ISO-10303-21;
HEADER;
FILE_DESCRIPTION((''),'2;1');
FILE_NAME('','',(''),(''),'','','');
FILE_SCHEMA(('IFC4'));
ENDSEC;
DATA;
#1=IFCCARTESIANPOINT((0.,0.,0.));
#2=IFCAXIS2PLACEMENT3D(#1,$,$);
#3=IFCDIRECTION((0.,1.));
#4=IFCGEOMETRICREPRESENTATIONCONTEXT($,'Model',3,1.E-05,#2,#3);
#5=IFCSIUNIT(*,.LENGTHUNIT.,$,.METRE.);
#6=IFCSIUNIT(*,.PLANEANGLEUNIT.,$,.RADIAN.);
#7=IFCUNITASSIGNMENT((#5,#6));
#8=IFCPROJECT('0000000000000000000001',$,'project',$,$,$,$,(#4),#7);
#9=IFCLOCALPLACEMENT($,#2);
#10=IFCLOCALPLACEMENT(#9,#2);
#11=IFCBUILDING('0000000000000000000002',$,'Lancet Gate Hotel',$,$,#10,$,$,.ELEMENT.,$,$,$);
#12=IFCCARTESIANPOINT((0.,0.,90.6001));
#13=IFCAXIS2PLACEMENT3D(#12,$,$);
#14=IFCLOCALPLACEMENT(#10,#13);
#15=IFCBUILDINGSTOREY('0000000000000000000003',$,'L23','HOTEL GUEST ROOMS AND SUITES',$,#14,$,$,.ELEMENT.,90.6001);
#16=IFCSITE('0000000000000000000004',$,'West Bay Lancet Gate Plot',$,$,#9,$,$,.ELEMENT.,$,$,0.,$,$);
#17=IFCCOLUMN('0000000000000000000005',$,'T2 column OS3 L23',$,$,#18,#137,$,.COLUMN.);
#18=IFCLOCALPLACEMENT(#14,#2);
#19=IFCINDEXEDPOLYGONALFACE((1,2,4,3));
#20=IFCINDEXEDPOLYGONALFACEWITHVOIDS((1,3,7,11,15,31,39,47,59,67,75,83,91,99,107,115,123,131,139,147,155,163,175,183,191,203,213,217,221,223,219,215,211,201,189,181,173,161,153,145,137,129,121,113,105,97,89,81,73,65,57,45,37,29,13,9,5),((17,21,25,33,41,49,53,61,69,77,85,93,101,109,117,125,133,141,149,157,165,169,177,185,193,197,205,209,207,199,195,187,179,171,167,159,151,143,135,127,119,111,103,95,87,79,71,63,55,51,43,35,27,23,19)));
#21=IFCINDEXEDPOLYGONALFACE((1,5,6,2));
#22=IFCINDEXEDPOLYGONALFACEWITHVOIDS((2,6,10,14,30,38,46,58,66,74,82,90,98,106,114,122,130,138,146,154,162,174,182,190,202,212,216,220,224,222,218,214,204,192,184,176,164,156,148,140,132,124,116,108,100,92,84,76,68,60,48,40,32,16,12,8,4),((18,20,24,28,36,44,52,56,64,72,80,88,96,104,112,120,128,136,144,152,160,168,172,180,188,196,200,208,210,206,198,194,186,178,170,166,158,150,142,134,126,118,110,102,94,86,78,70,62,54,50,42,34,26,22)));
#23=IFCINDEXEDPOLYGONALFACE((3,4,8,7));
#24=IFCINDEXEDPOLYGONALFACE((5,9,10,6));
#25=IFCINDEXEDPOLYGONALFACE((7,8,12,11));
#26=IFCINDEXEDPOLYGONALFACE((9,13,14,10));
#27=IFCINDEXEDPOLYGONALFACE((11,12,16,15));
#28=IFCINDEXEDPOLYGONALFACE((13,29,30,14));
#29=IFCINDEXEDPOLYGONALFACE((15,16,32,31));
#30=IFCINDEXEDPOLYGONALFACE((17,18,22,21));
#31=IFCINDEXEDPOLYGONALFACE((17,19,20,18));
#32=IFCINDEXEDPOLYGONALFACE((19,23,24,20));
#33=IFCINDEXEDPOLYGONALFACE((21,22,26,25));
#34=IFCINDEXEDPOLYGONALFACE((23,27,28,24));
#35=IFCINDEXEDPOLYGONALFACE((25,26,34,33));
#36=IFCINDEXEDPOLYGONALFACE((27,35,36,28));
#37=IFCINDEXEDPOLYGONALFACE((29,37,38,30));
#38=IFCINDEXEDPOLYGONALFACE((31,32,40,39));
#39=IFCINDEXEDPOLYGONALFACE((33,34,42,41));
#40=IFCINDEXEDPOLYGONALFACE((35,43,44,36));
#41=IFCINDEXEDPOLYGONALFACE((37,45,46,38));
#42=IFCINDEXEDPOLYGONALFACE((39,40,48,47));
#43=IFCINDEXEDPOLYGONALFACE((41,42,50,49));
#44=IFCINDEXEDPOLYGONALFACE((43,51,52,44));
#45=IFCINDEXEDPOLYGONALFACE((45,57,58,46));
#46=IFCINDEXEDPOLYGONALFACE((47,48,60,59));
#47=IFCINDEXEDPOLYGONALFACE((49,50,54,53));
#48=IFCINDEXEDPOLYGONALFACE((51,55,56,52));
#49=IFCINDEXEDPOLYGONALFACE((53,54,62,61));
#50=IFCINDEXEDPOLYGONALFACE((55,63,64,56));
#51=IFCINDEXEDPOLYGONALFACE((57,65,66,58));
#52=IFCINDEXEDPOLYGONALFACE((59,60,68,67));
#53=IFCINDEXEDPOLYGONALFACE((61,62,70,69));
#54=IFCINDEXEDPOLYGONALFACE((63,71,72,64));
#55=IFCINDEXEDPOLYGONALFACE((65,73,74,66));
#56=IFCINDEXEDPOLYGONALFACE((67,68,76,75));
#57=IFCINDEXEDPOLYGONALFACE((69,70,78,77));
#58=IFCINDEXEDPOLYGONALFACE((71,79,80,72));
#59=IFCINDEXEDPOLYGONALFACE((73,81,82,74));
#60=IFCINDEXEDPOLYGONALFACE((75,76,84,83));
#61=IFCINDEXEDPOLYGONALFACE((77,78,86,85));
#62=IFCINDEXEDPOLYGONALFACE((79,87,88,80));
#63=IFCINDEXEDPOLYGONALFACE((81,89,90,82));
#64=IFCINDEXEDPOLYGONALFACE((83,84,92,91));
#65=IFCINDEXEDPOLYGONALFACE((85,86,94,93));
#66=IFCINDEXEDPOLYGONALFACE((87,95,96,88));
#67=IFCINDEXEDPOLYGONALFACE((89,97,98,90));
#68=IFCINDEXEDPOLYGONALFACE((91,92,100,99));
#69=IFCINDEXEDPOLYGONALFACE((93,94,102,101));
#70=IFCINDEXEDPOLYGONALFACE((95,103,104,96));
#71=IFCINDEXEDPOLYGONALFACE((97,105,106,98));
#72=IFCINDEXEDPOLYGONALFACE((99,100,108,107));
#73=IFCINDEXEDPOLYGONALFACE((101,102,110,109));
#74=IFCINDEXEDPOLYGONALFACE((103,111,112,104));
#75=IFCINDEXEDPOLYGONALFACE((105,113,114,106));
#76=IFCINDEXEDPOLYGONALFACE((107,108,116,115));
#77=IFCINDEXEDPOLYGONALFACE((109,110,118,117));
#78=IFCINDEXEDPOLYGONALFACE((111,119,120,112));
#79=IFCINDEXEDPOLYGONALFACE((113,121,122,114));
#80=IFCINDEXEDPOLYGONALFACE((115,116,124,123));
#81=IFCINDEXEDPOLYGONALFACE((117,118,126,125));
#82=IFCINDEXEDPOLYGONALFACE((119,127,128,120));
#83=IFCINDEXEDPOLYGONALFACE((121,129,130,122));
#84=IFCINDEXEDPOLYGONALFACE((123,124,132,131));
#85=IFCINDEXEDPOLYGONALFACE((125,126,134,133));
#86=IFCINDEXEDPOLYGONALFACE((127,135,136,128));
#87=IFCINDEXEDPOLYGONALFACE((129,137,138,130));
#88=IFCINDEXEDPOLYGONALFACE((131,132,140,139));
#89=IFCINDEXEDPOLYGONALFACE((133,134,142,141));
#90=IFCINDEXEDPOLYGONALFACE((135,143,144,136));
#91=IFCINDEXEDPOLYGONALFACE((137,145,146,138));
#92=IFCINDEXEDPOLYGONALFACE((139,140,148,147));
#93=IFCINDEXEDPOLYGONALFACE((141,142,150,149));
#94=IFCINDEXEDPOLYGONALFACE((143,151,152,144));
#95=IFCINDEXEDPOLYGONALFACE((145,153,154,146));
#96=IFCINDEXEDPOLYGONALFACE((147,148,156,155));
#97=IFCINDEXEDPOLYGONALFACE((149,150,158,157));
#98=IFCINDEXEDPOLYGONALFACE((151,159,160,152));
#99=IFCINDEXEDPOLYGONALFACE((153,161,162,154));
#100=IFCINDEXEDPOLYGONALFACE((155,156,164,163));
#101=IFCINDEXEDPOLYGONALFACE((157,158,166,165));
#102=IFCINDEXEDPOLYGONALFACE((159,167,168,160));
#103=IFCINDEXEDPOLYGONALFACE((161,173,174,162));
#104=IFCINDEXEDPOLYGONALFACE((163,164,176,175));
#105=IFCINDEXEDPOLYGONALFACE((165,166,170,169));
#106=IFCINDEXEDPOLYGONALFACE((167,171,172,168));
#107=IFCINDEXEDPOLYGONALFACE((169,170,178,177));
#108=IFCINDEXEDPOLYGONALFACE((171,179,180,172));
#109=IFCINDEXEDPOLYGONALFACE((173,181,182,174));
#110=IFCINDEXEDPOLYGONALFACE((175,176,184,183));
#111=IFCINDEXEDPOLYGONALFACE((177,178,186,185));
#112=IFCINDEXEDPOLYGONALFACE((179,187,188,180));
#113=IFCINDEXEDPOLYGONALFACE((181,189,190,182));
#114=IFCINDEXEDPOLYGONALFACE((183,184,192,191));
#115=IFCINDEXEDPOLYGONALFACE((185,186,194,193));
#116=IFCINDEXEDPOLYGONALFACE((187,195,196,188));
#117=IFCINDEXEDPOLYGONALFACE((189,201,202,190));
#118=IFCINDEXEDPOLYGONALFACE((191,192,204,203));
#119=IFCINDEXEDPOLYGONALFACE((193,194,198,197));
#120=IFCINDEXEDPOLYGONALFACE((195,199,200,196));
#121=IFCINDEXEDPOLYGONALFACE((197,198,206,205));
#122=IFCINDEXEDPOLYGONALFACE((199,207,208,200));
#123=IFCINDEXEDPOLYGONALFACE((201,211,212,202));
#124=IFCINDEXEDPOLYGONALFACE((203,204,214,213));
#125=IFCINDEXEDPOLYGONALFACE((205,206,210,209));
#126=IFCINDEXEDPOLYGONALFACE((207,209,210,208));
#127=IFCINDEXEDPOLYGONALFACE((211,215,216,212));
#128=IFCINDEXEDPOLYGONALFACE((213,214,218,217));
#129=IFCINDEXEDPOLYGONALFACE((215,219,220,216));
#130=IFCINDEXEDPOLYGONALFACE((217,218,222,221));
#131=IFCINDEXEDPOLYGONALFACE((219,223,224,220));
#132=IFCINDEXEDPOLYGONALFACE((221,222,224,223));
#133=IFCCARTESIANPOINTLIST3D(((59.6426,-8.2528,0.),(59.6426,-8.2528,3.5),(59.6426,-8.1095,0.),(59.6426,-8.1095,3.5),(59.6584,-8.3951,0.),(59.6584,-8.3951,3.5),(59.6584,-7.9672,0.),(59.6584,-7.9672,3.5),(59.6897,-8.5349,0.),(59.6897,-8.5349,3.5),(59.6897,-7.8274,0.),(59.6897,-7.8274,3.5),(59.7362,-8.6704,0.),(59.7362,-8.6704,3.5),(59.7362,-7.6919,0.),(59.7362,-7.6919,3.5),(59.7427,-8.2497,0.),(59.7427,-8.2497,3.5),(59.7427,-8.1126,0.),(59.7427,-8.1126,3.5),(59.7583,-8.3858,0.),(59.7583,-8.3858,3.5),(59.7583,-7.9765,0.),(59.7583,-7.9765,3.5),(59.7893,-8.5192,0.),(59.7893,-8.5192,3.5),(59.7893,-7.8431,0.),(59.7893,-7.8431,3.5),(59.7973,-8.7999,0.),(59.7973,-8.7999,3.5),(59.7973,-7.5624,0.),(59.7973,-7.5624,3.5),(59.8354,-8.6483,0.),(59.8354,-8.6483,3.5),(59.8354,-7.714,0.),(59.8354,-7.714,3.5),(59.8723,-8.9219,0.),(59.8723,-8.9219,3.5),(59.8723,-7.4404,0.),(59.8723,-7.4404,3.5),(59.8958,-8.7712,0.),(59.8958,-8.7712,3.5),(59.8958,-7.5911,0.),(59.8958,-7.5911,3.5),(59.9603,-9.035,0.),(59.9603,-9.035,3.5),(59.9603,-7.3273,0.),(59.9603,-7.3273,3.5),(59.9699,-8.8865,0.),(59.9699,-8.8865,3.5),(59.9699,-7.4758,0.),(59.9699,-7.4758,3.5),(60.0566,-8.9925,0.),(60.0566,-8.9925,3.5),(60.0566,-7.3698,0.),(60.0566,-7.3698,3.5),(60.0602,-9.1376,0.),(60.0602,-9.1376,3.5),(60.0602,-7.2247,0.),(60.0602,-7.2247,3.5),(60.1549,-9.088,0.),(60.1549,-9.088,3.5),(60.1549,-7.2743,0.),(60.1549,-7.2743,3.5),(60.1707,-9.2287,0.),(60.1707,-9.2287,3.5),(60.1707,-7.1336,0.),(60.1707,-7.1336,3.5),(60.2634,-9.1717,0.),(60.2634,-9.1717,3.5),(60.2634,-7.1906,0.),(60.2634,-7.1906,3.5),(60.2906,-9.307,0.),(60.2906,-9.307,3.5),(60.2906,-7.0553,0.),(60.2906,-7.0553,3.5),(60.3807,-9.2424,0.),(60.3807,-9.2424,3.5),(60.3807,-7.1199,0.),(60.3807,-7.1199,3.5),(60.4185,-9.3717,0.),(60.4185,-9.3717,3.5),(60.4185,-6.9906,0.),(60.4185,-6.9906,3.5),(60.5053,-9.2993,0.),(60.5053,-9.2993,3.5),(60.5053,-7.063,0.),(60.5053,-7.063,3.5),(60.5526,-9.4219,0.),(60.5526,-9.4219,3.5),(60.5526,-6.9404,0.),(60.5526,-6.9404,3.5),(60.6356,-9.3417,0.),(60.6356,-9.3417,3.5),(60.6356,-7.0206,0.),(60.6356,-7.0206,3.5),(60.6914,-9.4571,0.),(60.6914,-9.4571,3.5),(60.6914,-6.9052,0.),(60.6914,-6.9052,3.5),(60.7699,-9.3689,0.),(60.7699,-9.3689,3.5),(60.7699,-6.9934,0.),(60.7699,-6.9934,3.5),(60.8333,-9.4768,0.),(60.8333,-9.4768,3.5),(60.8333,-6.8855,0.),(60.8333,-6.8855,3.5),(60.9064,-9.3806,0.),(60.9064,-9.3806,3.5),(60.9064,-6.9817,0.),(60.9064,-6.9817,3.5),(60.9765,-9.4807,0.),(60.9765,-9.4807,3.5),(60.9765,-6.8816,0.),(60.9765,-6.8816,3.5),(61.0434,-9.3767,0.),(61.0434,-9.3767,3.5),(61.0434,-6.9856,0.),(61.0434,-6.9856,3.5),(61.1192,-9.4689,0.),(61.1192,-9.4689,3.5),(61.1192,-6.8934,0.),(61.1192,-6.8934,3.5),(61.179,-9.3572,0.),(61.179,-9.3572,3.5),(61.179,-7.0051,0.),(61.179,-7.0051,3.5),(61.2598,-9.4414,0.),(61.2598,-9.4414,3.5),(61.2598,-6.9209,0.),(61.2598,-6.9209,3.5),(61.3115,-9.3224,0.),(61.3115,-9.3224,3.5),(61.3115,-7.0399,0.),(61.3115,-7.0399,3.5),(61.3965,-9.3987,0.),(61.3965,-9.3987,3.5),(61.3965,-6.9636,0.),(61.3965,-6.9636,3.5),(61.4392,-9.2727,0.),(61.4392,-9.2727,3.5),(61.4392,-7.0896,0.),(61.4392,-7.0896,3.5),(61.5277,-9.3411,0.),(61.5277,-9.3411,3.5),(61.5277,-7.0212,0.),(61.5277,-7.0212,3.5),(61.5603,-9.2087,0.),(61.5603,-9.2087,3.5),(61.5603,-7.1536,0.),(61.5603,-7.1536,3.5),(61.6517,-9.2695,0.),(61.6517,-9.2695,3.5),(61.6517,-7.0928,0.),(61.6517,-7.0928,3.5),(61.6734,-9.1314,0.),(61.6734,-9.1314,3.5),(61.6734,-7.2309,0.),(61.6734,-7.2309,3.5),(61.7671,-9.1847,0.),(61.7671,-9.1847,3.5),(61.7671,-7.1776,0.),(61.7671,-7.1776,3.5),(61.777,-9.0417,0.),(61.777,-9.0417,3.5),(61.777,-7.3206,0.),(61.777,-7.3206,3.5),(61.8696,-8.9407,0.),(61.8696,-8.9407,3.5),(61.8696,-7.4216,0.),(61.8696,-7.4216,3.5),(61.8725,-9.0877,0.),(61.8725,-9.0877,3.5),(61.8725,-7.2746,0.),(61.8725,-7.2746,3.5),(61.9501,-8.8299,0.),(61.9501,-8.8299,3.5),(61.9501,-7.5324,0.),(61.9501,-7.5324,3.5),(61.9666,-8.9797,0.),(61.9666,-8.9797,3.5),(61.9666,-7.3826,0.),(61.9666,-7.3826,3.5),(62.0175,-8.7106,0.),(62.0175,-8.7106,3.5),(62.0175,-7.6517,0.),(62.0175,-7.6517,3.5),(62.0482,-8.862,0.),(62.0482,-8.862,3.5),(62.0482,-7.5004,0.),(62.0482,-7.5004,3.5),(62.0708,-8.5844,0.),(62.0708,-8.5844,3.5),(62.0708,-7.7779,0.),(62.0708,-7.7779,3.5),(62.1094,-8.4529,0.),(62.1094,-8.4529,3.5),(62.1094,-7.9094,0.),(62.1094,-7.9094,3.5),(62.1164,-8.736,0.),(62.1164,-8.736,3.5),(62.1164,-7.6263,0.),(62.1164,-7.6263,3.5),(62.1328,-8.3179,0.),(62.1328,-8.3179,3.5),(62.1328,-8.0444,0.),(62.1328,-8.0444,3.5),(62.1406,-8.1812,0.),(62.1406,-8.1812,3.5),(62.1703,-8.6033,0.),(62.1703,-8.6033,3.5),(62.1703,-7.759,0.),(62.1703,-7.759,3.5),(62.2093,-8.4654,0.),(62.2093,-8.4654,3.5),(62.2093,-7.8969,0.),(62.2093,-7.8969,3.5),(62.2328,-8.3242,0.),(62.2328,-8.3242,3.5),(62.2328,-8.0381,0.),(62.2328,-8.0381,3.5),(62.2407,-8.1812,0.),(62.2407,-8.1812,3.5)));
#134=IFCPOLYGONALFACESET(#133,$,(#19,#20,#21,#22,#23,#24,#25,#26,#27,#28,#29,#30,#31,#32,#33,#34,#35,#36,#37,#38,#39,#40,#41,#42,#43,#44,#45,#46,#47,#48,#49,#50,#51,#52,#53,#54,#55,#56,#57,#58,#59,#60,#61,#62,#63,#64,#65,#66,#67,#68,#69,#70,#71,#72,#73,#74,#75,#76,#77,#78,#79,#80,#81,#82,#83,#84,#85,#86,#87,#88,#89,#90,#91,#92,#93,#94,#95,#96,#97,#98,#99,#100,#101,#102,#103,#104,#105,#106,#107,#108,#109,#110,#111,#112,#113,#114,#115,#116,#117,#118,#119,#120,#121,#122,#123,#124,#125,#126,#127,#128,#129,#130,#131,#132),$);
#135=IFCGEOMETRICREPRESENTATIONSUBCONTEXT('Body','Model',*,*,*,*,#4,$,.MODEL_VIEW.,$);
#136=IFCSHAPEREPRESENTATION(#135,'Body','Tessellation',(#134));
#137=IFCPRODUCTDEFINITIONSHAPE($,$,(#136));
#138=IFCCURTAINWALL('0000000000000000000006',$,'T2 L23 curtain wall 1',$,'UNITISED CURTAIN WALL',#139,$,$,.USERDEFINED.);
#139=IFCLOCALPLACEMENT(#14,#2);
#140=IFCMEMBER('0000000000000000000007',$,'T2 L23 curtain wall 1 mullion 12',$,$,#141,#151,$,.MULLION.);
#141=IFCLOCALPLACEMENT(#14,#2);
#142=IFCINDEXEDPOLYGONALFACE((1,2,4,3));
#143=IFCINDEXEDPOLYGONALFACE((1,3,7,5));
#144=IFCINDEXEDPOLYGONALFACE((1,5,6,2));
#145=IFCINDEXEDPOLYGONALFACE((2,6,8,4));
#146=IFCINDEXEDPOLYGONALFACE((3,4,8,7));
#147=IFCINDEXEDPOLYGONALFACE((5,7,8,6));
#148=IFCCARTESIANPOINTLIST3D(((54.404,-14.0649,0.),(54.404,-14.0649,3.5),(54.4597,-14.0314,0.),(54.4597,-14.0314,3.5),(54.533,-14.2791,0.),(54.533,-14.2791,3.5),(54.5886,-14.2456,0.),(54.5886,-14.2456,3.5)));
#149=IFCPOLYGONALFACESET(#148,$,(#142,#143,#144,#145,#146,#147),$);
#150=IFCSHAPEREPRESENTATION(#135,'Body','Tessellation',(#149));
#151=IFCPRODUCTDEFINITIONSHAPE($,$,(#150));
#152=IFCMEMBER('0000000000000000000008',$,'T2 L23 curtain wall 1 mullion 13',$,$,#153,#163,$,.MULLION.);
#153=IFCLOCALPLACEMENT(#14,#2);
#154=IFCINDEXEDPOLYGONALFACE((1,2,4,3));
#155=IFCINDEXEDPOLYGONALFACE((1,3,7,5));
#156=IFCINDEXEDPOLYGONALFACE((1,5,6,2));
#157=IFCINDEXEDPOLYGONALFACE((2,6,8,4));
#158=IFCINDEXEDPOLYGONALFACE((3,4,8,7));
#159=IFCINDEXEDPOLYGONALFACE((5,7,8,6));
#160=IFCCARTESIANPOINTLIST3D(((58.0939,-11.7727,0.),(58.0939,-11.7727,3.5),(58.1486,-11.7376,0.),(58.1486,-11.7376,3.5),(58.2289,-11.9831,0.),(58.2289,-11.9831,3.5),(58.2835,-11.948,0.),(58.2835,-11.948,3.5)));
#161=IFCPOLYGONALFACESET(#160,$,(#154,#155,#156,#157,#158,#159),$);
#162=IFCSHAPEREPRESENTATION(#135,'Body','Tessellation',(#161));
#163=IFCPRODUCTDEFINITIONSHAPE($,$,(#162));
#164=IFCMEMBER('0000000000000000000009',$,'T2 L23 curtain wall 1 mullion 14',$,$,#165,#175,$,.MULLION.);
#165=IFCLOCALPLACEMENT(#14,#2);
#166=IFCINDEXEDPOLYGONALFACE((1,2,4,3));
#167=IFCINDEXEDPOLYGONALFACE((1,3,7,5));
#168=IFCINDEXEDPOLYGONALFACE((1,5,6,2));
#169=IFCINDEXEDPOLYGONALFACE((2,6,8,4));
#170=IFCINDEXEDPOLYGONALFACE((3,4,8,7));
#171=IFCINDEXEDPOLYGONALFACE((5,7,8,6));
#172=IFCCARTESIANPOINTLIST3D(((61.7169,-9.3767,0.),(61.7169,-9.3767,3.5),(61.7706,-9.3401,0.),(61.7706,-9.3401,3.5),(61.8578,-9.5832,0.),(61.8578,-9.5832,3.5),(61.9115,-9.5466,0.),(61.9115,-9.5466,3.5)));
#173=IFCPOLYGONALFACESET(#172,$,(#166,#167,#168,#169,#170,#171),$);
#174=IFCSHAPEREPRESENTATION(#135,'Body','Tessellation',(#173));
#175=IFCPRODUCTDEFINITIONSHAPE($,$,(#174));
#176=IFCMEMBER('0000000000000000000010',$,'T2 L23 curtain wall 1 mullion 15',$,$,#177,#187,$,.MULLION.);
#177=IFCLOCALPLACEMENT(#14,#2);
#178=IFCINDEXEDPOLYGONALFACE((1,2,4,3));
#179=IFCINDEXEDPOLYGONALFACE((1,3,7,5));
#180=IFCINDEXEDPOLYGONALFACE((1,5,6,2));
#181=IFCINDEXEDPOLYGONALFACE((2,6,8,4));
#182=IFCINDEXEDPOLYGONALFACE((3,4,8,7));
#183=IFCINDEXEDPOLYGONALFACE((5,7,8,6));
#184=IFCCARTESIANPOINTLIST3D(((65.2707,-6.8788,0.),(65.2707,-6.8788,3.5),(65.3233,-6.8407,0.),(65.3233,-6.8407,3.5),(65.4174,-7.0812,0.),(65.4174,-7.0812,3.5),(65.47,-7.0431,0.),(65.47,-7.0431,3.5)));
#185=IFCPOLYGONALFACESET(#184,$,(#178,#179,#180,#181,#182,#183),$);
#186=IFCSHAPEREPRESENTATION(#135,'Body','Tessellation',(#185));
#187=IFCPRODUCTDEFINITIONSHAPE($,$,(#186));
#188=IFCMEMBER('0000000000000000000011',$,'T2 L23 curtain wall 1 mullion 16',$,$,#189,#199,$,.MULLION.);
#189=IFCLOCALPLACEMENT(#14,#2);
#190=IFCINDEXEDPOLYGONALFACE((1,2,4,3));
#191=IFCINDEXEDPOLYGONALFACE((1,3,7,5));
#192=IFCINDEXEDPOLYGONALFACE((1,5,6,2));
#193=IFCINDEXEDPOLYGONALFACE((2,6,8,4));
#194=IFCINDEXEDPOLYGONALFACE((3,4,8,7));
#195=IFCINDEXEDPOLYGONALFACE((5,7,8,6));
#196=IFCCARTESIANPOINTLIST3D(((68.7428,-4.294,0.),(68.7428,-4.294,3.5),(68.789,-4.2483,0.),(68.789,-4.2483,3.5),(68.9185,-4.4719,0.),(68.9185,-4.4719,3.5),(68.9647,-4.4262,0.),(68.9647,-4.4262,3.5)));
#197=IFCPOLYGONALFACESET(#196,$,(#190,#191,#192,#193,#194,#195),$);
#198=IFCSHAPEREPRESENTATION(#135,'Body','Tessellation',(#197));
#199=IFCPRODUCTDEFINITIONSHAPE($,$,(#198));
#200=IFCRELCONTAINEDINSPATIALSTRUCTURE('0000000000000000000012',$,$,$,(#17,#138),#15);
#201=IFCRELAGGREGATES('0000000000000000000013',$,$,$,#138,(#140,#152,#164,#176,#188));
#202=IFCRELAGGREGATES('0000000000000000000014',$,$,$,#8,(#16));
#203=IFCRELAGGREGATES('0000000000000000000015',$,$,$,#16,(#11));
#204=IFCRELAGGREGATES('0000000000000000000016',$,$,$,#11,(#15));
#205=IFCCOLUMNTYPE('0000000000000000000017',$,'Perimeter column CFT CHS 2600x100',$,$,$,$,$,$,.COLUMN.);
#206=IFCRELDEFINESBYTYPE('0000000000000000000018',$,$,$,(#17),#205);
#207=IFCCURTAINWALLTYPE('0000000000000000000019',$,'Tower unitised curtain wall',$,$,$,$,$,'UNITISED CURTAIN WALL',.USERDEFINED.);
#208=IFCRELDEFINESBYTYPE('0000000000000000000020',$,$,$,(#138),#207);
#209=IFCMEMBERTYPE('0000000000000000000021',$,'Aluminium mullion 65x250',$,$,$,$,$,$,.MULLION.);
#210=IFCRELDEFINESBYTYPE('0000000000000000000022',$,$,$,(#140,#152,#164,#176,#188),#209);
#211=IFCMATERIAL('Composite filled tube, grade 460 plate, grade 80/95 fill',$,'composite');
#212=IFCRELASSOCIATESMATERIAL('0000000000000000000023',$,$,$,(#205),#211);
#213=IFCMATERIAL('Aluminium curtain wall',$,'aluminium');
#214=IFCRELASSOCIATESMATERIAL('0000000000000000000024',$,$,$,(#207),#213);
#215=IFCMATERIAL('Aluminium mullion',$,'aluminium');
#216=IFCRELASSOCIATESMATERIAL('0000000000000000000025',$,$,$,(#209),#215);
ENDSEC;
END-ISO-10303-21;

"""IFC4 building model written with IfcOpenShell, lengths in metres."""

from ifc_helpers import new_model, si_unit, direction, frame, origin, origin_2d, place, context, subcontext, project, spatial, rectangle, hollow_circle, extrude, material, material_profile, profile_set, type_object, element, aggregate, save


model = new_model("IFC4")

# Units and contexts
model_context = context("Model", 3, precision=1e-05, world=origin(), true_north=direction((0.0, 1.0)))
body_context = subcontext(model_context, "Body", "Model", "MODEL_VIEW")
ifc_project = project(units=[si_unit("LENGTHUNIT", "METRE"), si_unit("PLANEANGLEUNIT", "RADIAN")], contexts=[model_context])

# Site, building, storey
site_placement = place(None, origin())
site = spatial("IfcSite", under=ifc_project, at=site_placement, Name="West Bay Lancet Gate Plot", CompositionType="ELEMENT", RefElevation=0.0)
building_placement = place(site_placement, origin())
building = spatial("IfcBuilding", under=site, at=building_placement, Name="Lancet Gate Hotel", CompositionType="ELEMENT")
storey_placement = place(building_placement, frame((0.0, 0.0, 90.6001)))
storey = spatial("IfcBuildingStorey", under=building, at=storey_placement, Name="L23", Description="HOTEL GUEST ROOMS AND SUITES", CompositionType="ELEMENT", Elevation=90.6001)

# Column
ifc_material_1 = material(Name="Composite filled tube, grade 460 plate, grade 80/95 fill", Category="composite")
ifc_material_profile_1 = material_profile(ifc_material_1, hollow_circle(Radius=1.3, WallThickness=0.1001, at=origin_2d()), Name="CHS 2600x100")
ifc_profile_set_1 = profile_set([ifc_material_profile_1], Name="Composite filled tube, grade 460 plate, grade 80/95 fill")
column_type = type_object("IfcColumnType", Name="Perimeter column CFT CHS 2600x100", PredefinedType="COLUMN", material=ifc_profile_set_1)
column_placement = place(storey_placement, frame((60.9407, -8.1812, 0.0), z_axis=(0.0, 0.0, 1.0), x_axis=(1.0, 0.0, 0.0)))
element("IfcColumn", 1, at=column_placement, inside=storey, type_object=column_type, Name="T2 column OS3 L23", PredefinedType="COLUMN", context=body_context, shape_type="SweptSolid", body=[
    extrude(hollow_circle(Radius=1.3, WallThickness=0.1001, at=origin_2d()), origin(), (0.0, 0.0, 1.0), 3.5),
])

# Curtain wall, members
ifc_material_2 = material(Name="Aluminium curtain wall", Category="aluminium")
curtain_wall_type = type_object("IfcCurtainWallType", Name="Tower unitised curtain wall", ElementType="UNITISED CURTAIN WALL", PredefinedType="USERDEFINED", material=ifc_material_2)
curtain_wall_placement = place(storey_placement, origin())
curtain_wall = element("IfcCurtainWall", 2, at=curtain_wall_placement, inside=storey, type_object=curtain_wall_type, Name="T2 L23 curtain wall 1", ObjectType="UNITISED CURTAIN WALL", PredefinedType="USERDEFINED")
ifc_material_3 = material(Name="Aluminium mullion", Category="aluminium")
ifc_material_profile_2 = material_profile(ifc_material_3, rectangle(XDim=0.0649, YDim=0.25, at=origin_2d()), Name="MULLION 65x250")
ifc_profile_set_2 = profile_set([ifc_material_profile_2], Name="Aluminium mullion")
member_type_1 = type_object("IfcMemberType", Name="Aluminium mullion 65x250", PredefinedType="MULLION", material=ifc_profile_set_2)
member_1_placement = place(storey_placement, frame((54.4963, -14.1553, 0.0), z_axis=(0.0, 0.0, 1.0), x_axis=(0.856728, 0.515768, 0.0)))
member_1 = element("IfcMember", 3, at=member_1_placement, type_object=member_type_1, Name="T2 L23 curtain wall 1 mullion 12", PredefinedType="MULLION", context=body_context, shape_type="SweptSolid", body=[
    extrude(rectangle(XDim=0.0649, YDim=0.25, at=origin_2d()), origin(), (0.0, 0.0, 1.0), 3.5),
])
member_2_placement = place(storey_placement, frame((58.1887, -11.8604, 0.0), z_axis=(0.0, 0.0, 1.0), x_axis=(0.841736, 0.539889, 0.0)))
member_2 = element("IfcMember", 4, at=member_2_placement, type_object=member_type_1, Name="T2 L23 curtain wall 1 mullion 13", PredefinedType="MULLION", context=body_context, shape_type="SweptSolid", body=[
    extrude(rectangle(XDim=0.0649, YDim=0.25, at=origin_2d()), origin(), (0.0, 0.0, 1.0), 3.5),
])
member_3_placement = place(storey_placement, frame((61.8142, -9.4617, 0.0), z_axis=(0.0, 0.0, 1.0), x_axis=(0.826066, 0.563574, 0.0)))
member_3 = element("IfcMember", 5, at=member_3_placement, type_object=member_type_1, Name="T2 L23 curtain wall 1 mullion 14", PredefinedType="MULLION", context=body_context, shape_type="SweptSolid", body=[
    extrude(rectangle(XDim=0.0649, YDim=0.25, at=origin_2d()), origin(), (0.0, 0.0, 1.0), 3.5),
])
member_4_placement = place(storey_placement, frame((65.3704, -6.9609, 0.0), z_axis=(0.0, 0.0, 1.0), x_axis=(0.809729, 0.586805, 0.0)))
member_4 = element("IfcMember", 6, at=member_4_placement, type_object=member_type_1, Name="T2 L23 curtain wall 1 mullion 15", PredefinedType="MULLION", context=body_context, shape_type="SweptSolid", body=[
    extrude(rectangle(XDim=0.0649, YDim=0.25, at=origin_2d()), origin(), (0.0, 0.0, 1.0), 3.5),
])
member_5_placement = place(storey_placement, frame((68.8538, -4.3601, 0.0), z_axis=(0.0, 0.0, 1.0), x_axis=(0.71161, 0.702574, 0.0)))
member_5 = element("IfcMember", 7, at=member_5_placement, type_object=member_type_1, Name="T2 L23 curtain wall 1 mullion 16", PredefinedType="MULLION", context=body_context, shape_type="SweptSolid", body=[
    extrude(rectangle(XDim=0.0649, YDim=0.25, at=origin_2d()), origin(), (0.0, 0.0, 1.0), 3.5),
])

aggregate(curtain_wall, [member_1, member_2, member_3, member_4, member_5])

save(model, "model.ifc")
